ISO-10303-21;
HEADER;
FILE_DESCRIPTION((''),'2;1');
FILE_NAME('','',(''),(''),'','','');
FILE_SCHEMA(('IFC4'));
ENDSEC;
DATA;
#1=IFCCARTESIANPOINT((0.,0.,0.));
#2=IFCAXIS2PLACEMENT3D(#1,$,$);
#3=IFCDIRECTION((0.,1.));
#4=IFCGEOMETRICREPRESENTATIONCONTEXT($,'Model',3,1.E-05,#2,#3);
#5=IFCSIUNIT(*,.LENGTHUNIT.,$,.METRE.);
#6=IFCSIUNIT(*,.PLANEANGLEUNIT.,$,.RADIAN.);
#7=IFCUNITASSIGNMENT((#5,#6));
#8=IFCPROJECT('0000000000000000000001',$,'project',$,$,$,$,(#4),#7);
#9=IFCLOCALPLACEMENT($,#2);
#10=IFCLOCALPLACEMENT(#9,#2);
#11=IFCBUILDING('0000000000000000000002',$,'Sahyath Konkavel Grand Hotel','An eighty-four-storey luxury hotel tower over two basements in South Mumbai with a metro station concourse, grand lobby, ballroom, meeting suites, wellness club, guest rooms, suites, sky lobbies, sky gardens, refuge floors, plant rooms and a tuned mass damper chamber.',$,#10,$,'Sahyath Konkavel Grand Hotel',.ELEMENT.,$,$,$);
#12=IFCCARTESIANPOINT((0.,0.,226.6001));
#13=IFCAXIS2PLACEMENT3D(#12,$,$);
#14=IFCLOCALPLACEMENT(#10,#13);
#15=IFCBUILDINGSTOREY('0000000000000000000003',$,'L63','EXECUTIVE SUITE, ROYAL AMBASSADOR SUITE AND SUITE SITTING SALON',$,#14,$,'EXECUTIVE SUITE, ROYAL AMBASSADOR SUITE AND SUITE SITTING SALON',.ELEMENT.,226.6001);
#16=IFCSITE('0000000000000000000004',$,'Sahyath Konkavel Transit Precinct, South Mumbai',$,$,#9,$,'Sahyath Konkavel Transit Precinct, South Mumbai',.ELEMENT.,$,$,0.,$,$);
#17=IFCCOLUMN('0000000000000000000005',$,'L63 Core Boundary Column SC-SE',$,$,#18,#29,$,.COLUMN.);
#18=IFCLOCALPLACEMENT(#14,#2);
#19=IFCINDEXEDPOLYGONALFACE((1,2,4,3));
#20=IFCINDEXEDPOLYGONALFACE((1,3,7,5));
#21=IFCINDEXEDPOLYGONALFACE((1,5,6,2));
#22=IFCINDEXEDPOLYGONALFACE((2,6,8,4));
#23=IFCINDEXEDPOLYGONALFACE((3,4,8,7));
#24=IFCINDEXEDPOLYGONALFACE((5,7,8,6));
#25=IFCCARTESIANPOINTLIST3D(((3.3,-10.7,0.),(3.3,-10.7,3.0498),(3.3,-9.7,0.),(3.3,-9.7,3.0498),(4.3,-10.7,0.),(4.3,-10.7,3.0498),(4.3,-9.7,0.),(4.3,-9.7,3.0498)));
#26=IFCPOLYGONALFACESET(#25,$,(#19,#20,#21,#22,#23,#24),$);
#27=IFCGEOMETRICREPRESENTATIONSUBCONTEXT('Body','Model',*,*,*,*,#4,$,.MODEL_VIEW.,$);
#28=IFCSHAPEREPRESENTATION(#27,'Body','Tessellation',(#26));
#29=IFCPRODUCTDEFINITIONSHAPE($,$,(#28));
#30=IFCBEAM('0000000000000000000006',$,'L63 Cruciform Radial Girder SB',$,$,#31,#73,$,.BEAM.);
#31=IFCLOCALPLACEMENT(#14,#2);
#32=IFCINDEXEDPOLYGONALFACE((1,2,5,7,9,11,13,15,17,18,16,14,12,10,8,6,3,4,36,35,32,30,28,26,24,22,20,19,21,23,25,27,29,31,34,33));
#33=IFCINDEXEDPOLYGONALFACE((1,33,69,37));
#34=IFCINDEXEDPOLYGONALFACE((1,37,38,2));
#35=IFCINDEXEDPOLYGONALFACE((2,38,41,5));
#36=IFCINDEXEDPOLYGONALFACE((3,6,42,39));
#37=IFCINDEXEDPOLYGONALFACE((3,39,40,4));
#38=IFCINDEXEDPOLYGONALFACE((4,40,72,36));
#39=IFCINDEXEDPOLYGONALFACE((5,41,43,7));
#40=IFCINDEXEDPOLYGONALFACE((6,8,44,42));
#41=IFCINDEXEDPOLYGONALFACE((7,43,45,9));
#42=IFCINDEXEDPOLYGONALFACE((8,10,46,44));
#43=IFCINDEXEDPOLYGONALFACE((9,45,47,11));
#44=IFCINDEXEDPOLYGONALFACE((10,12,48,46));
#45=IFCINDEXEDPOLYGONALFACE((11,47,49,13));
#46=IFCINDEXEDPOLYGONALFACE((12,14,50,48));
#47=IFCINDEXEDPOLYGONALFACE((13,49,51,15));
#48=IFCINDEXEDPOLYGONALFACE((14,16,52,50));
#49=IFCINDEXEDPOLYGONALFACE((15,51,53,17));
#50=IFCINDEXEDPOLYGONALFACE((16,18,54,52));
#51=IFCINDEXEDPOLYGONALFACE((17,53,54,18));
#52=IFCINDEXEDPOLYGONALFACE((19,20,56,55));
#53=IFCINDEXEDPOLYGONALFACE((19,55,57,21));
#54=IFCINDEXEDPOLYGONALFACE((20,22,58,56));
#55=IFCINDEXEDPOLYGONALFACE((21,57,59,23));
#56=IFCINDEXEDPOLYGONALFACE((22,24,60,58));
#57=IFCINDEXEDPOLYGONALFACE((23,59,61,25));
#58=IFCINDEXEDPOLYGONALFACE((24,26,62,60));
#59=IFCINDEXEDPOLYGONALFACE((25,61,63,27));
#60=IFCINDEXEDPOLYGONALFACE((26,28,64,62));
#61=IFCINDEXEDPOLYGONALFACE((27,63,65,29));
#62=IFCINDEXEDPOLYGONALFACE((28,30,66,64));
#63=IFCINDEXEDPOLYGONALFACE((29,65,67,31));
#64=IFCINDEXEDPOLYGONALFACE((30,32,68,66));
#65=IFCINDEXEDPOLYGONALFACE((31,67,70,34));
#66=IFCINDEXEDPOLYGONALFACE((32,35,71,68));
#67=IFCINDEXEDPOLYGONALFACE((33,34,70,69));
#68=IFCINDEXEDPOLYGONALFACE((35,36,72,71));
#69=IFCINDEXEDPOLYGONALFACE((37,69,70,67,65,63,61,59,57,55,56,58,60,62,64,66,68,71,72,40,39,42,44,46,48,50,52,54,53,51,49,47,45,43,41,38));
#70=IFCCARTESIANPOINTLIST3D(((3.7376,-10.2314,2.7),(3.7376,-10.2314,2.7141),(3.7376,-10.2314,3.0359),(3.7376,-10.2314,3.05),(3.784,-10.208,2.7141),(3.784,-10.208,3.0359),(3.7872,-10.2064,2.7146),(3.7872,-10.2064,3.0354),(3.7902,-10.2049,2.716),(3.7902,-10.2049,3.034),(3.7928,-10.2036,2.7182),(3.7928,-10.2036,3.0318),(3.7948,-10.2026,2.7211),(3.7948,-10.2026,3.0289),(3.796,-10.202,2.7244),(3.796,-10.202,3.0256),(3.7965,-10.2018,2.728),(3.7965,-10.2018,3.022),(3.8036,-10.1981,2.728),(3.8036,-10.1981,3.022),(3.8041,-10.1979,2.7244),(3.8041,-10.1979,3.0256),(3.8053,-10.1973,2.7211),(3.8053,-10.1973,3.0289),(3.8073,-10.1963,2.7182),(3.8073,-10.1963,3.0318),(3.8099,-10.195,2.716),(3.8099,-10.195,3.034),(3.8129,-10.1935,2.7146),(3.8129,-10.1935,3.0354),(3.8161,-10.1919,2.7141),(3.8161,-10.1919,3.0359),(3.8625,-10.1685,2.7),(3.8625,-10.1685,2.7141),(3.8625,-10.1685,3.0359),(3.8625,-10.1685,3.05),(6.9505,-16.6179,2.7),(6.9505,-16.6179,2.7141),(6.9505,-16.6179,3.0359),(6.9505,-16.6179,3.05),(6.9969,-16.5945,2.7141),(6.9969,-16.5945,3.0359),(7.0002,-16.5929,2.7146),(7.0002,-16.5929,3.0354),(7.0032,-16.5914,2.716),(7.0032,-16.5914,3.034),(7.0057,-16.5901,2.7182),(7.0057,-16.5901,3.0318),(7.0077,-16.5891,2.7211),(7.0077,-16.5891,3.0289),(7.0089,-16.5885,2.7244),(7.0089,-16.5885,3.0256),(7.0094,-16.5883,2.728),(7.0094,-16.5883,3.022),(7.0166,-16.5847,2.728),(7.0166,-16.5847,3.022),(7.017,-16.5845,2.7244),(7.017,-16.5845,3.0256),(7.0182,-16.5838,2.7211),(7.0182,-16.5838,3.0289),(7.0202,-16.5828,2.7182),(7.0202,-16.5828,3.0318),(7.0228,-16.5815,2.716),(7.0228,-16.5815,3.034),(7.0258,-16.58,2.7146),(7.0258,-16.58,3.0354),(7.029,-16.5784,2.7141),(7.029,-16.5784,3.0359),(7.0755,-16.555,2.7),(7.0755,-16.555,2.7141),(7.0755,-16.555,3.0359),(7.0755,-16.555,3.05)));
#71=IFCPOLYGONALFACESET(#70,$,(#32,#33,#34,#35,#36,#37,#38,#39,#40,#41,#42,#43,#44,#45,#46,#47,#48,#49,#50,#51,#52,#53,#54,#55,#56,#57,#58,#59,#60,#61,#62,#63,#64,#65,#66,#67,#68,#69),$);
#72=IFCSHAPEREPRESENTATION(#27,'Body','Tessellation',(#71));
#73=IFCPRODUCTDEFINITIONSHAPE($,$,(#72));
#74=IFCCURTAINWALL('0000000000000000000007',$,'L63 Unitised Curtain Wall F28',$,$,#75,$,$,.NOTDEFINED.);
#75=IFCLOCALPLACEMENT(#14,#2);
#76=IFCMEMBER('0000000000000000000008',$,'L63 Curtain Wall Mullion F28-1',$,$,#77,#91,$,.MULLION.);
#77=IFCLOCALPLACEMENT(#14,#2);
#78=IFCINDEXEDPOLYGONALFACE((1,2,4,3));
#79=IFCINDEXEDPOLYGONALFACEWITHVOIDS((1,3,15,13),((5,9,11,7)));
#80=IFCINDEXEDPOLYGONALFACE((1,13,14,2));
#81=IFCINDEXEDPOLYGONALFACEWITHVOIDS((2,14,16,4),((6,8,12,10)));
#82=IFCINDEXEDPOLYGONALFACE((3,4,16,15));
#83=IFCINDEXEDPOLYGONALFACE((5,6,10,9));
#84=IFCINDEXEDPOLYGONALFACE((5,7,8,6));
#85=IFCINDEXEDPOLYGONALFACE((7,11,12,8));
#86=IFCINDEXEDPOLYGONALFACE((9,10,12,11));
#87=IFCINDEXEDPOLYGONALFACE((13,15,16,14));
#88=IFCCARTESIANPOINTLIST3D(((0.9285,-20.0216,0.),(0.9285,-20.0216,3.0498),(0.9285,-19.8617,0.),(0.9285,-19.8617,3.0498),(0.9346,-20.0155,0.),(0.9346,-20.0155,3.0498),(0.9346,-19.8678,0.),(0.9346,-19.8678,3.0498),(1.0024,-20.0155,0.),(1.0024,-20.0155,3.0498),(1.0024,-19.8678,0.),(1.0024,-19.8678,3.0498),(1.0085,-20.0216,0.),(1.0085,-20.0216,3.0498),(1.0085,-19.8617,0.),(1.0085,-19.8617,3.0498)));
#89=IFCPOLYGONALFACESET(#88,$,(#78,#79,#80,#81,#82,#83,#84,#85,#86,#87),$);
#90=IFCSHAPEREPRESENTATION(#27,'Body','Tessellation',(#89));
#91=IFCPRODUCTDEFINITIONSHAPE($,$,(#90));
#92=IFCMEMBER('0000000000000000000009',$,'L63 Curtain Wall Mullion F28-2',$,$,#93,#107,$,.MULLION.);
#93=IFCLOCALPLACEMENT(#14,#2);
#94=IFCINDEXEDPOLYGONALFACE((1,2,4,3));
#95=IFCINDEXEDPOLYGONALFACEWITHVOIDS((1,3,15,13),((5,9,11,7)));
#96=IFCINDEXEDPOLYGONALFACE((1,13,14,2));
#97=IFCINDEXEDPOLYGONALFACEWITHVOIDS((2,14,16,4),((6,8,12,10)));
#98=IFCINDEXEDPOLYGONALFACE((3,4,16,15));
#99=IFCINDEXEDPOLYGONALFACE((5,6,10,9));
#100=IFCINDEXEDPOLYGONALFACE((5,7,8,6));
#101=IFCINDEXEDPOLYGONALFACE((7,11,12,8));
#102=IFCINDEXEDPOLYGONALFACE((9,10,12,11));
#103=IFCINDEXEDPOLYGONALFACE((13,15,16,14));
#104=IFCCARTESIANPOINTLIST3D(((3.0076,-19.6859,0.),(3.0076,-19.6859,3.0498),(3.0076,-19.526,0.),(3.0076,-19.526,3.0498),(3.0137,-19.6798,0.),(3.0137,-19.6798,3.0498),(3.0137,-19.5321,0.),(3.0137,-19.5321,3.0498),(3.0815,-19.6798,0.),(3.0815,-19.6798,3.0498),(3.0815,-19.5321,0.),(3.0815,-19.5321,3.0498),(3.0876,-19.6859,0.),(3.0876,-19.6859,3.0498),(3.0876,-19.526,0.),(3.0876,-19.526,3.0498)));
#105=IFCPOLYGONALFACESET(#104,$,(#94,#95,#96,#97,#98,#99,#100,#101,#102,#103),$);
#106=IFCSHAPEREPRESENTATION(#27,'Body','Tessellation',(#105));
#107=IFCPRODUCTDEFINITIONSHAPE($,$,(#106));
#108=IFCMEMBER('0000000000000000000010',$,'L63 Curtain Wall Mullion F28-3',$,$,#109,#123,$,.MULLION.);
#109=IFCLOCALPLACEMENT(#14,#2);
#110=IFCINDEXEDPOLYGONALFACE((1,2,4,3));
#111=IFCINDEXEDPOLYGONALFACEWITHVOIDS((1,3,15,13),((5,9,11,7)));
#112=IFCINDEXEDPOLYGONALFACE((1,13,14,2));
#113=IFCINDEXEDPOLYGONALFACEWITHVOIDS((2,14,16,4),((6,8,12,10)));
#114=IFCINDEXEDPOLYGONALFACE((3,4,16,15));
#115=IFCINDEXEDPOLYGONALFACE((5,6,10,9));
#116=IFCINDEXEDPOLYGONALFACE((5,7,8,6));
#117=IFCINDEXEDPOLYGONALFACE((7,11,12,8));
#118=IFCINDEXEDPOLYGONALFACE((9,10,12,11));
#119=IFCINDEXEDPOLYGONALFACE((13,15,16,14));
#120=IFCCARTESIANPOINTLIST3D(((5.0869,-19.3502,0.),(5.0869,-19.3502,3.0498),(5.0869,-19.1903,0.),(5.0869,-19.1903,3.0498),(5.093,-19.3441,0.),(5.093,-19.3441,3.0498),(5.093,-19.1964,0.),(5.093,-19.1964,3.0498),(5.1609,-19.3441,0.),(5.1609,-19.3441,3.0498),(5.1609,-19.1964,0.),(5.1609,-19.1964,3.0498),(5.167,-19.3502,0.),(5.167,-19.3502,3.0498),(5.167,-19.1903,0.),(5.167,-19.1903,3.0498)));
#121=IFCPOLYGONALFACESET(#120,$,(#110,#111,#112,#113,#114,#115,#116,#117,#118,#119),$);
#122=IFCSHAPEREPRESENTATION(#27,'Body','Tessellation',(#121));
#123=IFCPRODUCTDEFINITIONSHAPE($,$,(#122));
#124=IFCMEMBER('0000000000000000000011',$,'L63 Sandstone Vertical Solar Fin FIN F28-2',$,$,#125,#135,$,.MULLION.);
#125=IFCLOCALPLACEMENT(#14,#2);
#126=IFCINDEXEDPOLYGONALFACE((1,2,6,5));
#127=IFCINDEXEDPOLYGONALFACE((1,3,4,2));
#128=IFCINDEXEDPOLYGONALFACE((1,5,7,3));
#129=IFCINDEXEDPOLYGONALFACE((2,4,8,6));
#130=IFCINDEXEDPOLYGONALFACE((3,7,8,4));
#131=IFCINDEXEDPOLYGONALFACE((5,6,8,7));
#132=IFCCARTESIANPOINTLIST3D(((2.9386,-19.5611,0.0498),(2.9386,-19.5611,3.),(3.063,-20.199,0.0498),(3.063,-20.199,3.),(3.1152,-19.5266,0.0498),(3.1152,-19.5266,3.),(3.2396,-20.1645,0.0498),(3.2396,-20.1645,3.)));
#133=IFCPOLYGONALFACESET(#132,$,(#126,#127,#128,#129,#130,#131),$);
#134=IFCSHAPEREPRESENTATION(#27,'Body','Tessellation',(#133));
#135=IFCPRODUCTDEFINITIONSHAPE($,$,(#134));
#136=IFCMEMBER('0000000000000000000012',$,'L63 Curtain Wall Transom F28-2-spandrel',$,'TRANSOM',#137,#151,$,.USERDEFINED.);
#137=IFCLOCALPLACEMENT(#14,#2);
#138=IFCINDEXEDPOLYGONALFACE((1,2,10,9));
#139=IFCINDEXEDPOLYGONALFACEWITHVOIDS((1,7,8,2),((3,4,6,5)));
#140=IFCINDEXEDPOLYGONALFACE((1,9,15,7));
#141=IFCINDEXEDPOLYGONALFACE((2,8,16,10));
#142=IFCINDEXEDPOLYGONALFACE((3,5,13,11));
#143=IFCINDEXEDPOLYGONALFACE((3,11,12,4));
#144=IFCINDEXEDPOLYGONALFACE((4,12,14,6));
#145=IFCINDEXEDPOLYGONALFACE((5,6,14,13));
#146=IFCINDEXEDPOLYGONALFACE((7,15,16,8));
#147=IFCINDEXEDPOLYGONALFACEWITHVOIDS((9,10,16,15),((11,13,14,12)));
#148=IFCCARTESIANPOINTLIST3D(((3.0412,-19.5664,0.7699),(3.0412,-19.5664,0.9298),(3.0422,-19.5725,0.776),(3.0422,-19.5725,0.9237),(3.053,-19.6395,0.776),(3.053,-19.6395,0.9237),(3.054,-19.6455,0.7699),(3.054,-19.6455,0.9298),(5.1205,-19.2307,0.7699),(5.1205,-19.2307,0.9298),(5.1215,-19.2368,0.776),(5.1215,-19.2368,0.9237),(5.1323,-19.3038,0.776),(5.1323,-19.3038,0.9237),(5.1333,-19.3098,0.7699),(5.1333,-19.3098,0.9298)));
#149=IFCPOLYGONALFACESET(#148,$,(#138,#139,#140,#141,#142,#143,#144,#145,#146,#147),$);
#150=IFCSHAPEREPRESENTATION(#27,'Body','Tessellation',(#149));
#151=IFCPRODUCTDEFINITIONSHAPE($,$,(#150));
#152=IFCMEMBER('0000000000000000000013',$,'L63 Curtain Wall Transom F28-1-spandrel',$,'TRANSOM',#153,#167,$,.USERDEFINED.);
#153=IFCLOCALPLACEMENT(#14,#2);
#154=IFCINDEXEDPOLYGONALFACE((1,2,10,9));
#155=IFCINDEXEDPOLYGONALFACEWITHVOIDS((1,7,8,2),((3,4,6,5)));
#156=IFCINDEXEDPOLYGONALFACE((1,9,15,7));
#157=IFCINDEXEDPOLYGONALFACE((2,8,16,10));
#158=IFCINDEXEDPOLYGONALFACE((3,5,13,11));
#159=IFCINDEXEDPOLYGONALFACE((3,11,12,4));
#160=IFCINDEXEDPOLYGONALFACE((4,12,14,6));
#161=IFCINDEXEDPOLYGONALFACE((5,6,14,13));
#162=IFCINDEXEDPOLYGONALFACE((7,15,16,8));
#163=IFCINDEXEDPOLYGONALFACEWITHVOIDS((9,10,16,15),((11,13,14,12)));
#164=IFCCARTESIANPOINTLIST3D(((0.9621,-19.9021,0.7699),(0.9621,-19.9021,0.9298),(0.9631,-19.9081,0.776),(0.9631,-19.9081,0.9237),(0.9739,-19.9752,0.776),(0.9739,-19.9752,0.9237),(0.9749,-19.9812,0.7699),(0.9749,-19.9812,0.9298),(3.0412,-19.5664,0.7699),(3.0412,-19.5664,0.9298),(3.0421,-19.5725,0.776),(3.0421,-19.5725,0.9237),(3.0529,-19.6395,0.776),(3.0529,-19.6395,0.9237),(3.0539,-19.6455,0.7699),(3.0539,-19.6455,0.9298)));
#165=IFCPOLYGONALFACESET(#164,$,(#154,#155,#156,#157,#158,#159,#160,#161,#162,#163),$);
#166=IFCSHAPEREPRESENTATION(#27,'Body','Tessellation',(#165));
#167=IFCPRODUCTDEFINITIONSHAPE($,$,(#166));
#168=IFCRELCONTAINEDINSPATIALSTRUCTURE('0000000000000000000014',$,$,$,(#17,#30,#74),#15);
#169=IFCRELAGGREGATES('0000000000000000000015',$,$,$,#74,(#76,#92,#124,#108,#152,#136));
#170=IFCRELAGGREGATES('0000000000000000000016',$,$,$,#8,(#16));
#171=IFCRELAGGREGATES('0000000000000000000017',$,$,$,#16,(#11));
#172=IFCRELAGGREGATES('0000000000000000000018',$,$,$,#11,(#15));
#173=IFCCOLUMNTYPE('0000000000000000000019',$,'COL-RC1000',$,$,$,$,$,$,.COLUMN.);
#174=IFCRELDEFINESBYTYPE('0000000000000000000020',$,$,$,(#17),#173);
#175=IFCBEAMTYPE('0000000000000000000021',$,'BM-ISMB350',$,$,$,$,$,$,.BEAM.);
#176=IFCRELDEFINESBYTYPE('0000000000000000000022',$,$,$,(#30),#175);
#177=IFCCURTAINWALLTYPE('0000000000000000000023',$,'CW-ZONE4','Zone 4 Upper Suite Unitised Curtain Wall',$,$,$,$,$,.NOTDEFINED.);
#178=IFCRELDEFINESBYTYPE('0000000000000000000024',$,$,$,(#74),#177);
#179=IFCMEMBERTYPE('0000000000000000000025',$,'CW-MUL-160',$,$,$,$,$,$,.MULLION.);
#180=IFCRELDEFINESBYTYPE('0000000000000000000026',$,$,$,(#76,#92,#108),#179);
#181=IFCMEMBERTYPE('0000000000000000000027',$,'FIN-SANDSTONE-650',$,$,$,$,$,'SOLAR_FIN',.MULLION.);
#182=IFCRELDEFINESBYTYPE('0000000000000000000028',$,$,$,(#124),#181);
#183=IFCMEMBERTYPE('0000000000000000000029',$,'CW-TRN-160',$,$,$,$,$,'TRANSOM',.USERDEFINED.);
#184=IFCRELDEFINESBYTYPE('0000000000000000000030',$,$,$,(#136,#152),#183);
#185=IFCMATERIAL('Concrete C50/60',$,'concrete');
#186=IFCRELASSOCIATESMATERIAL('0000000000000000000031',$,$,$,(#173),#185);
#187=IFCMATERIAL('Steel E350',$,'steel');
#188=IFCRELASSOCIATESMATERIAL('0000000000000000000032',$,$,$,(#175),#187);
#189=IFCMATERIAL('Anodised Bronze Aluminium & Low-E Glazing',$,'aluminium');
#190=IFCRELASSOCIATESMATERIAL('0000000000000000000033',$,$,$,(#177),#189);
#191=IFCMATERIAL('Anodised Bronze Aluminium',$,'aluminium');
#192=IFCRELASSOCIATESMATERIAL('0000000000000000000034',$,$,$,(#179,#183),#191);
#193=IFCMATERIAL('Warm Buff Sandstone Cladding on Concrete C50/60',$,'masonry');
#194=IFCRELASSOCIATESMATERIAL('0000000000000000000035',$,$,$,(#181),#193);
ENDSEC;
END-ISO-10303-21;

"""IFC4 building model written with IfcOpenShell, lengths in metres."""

from ifc_helpers import new_model, si_unit, direction, frame, origin, origin_2d, place, context, subcontext, project, spatial, rectangle, hollow_rectangle, i_section, extrude, source, transform, mapped, material, material_profile, profile_set, type_object, element, aggregate, save


model = new_model("IFC4")

# Units and contexts
model_context = context("Model", 3, precision=1e-05, world=origin(), true_north=direction((0.0, 1.0)))
body_context = subcontext(model_context, "Body", "Model", "MODEL_VIEW")
ifc_project = project(units=[si_unit("LENGTHUNIT", "METRE"), si_unit("PLANEANGLEUNIT", "RADIAN")], contexts=[model_context])

# Site, building, storey
site_placement = place(None, origin())
site = spatial("IfcSite", under=ifc_project, at=site_placement, Name="Sahyath Konkavel Transit Precinct, South Mumbai", LongName="Sahyath Konkavel Transit Precinct, South Mumbai", CompositionType="ELEMENT", RefElevation=0.0)
building_placement = place(site_placement, origin())
building = spatial("IfcBuilding", under=site, at=building_placement, Name="Sahyath Konkavel Grand Hotel", Description="An eighty-four-storey luxury hotel tower over two basements in South Mumbai with a metro station concourse, grand lobby, ballroom, meeting suites, wellness club, guest rooms, suites, sky lobbies, sky gardens, refuge floors, plant rooms and a tuned mass damper chamber.", LongName="Sahyath Konkavel Grand Hotel", CompositionType="ELEMENT")
storey_placement = place(building_placement, frame((0.0, 0.0, 226.6001)))
storey = spatial("IfcBuildingStorey", under=building, at=storey_placement, Name="L63", Description="EXECUTIVE SUITE, ROYAL AMBASSADOR SUITE AND SUITE SITTING SALON", LongName="EXECUTIVE SUITE, ROYAL AMBASSADOR SUITE AND SUITE SITTING SALON", CompositionType="ELEMENT", Elevation=226.6001)

# Column
ifc_material_1 = material(Name="Concrete C50/60", Category="concrete")
ifc_material_profile_1 = material_profile(ifc_material_1, rectangle(XDim=1.0, YDim=1.0, at=origin_2d()), Name="RC 1000x1000")
ifc_profile_set_1 = profile_set([ifc_material_profile_1], Name="Concrete C50/60")
column_type = type_object("IfcColumnType", Name="COL-RC1000", PredefinedType="COLUMN", material=ifc_profile_set_1)
shared_shape_1 = source(origin(), body_context, "Body", "SweptSolid", [
    extrude(rectangle(XDim=1.0, YDim=1.0, at=origin_2d()), origin(), (0.0, 0.0, 1.0), 3.0498),
])
column_placement = place(storey_placement, frame((3.8, -10.2, 0.0), z_axis=(0.0, 0.0, 1.0), x_axis=(1.0, 0.0, 0.0)))
element("IfcColumn", 1, at=column_placement, inside=storey, type_object=column_type, Name="L63 Core Boundary Column SC-SE", PredefinedType="COLUMN", context=body_context, shape_type="MappedRepresentation", body=[
    mapped(shared_shape_1, transform((0.0, 0.0, 0.0), scale=1.0)),
])

# Beam
ifc_material_2 = material(Name="Steel E350", Category="steel")
ifc_material_profile_2 = material_profile(ifc_material_2, i_section(OverallWidth=0.1399, OverallDepth=0.3501, WebThickness=0.0081, FlangeThickness=0.0142, FilletRadius=0.0139, at=origin_2d()), Name="ISMB 350")
ifc_profile_set_2 = profile_set([ifc_material_profile_2], Name="Steel E350")
beam_type_1 = type_object("IfcBeamType", Name="BM-ISMB350", PredefinedType="BEAM", material=ifc_profile_set_2)
shared_shape_2 = source(origin(), body_context, "Body", "SweptSolid", [
    extrude(i_section(OverallWidth=0.1399, OverallDepth=0.3501, WebThickness=0.0081, FlangeThickness=0.0142, FilletRadius=0.0139, at=origin_2d()), origin(), (0.0, 0.0, 1.0), 7.1492),
])
beam_1_placement = place(storey_placement, frame((3.8, -10.2, 2.875), z_axis=(0.449411, -0.893325, 0.0), x_axis=(0.893325, 0.449411, 0.0)))
element("IfcBeam", 2, at=beam_1_placement, inside=storey, type_object=beam_type_1, Name="L63 Cruciform Radial Girder SB", PredefinedType="BEAM", context=body_context, shape_type="MappedRepresentation", body=[
    mapped(shared_shape_2, transform((0.0, 0.0, 0.0), scale=1.0)),
])

# Curtain wall, members
ifc_material_3 = material(Name="Anodised Bronze Aluminium & Low-E Glazing", Category="aluminium")
curtain_wall_type = type_object("IfcCurtainWallType", Name="CW-ZONE4", Description="Zone 4 Upper Suite Unitised Curtain Wall", PredefinedType="NOTDEFINED", material=ifc_material_3)
curtain_wall_placement = place(storey_placement, origin())
curtain_wall = element("IfcCurtainWall", 3, at=curtain_wall_placement, inside=storey, type_object=curtain_wall_type, Name="L63 Unitised Curtain Wall F28", PredefinedType="NOTDEFINED")
ifc_material_4 = material(Name="Anodised Bronze Aluminium", Category="aluminium")
ifc_material_profile_3 = material_profile(ifc_material_4, hollow_rectangle(XDim=0.0801, YDim=0.1599, WallThickness=0.0061, at=origin_2d()), Name="RHS 160x80x6")
ifc_profile_set_3 = profile_set([ifc_material_profile_3], Name="Anodised Bronze Aluminium")
member_type_1 = type_object("IfcMemberType", Name="CW-MUL-160", PredefinedType="MULLION", material=ifc_profile_set_3)
shared_shape_3 = source(origin(), body_context, "Body", "SweptSolid", [
    extrude(hollow_rectangle(XDim=0.0801, YDim=0.1599, WallThickness=0.0061, at=origin_2d()), origin(), (0.0, 0.0, 1.0), 3.0498),
])
member_1_placement = place(storey_placement, frame((0.9685, -19.9417, 0.0), z_axis=(0.0, 0.0, 1.0), x_axis=(1.0, 0.0, 0.0)))
member_1 = element("IfcMember", 4, at=member_1_placement, type_object=member_type_1, Name="L63 Curtain Wall Mullion F28-1", PredefinedType="MULLION", context=body_context, shape_type="MappedRepresentation", body=[
    mapped(shared_shape_3, transform((0.0, 0.0, 0.0), scale=1.0)),
])
member_2_placement = place(storey_placement, frame((3.0476, -19.606, 0.0), z_axis=(0.0, 0.0, 1.0), x_axis=(1.0, 0.0, 0.0)))
member_2 = element("IfcMember", 5, at=member_2_placement, type_object=member_type_1, Name="L63 Curtain Wall Mullion F28-2", PredefinedType="MULLION", context=body_context, shape_type="MappedRepresentation", body=[
    mapped(shared_shape_3, transform((0.0, 0.0, 0.0), scale=1.0)),
])
member_3_placement = place(storey_placement, frame((5.127, -19.2703, 0.0), z_axis=(0.0, 0.0, 1.0), x_axis=(1.0, 0.0, 0.0)))
member_3 = element("IfcMember", 6, at=member_3_placement, type_object=member_type_1, Name="L63 Curtain Wall Mullion F28-3", PredefinedType="MULLION", context=body_context, shape_type="MappedRepresentation", body=[
    mapped(shared_shape_3, transform((0.0, 0.0, 0.0), scale=1.0)),
])
ifc_material_5 = material(Name="Warm Buff Sandstone Cladding on Concrete C50/60", Category="masonry")
ifc_material_profile_4 = material_profile(ifc_material_5, rectangle(XDim=0.1799, YDim=0.6499, at=origin_2d()), Name="FIN 180x650")
ifc_profile_set_4 = profile_set([ifc_material_profile_4], Name="Warm Buff Sandstone Cladding on Concrete C50/60")
member_type_2 = type_object("IfcMemberType", Name="FIN-SANDSTONE-650", ElementType="SOLAR_FIN", PredefinedType="MULLION", material=ifc_profile_set_4)
shared_shape_4 = source(origin(), body_context, "Body", "SweptSolid", [
    extrude(rectangle(XDim=0.1799, YDim=0.6499, at=origin_2d()), origin(), (0.0, 0.0, 1.0), 2.9502),
])
member_4_placement = place(storey_placement, frame((3.0891, -19.8628, 0.0498), z_axis=(0.0, 0.0, 1.0), x_axis=(0.981527, 0.191323, 0.0)))
member_4 = element("IfcMember", 7, at=member_4_placement, type_object=member_type_2, Name="L63 Sandstone Vertical Solar Fin FIN F28-2", PredefinedType="MULLION", context=body_context, shape_type="MappedRepresentation", body=[
    mapped(shared_shape_4, transform((0.0, 0.0, 0.0), scale=1.0)),
])
ifc_material_profile_5 = material_profile(ifc_material_4, hollow_rectangle(XDim=0.0801, YDim=0.1599, WallThickness=0.0061, at=origin_2d()), Name="RHS 160x80x6")
ifc_profile_set_5 = profile_set([ifc_material_profile_5], Name="Anodised Bronze Aluminium")
member_type_3 = type_object("IfcMemberType", Name="CW-TRN-160", ElementType="TRANSOM", PredefinedType="USERDEFINED", material=ifc_profile_set_5)
shared_shape_5 = source(origin(), body_context, "Body", "SweptSolid", [
    extrude(hollow_rectangle(XDim=0.0801, YDim=0.1599, WallThickness=0.0061, at=origin_2d()), origin(), (0.0, 0.0, 1.0), 2.1062),
])
member_5_placement = place(storey_placement, frame((3.0476, -19.606, 0.8499), z_axis=(0.987218, 0.159378, 0.0), x_axis=(-0.159378, 0.987218, 0.0)))
member_5 = element("IfcMember", 8, at=member_5_placement, type_object=member_type_3, Name="L63 Curtain Wall Transom F28-2-spandrel", ObjectType="TRANSOM", PredefinedType="USERDEFINED", context=body_context, shape_type="MappedRepresentation", body=[
    mapped(shared_shape_5, transform((0.0, 0.0, 0.0), scale=1.0)),
])
shared_shape_6 = source(origin(), body_context, "Body", "SweptSolid", [
    extrude(hollow_rectangle(XDim=0.0801, YDim=0.1599, WallThickness=0.0061, at=origin_2d()), origin(), (0.0, 0.0, 1.0), 2.106),
])
member_6_placement = place(storey_placement, frame((0.9685, -19.9417, 0.8499), z_axis=(0.987215, 0.159396, 0.0), x_axis=(-0.159396, 0.987215, 0.0)))
member_6 = element("IfcMember", 9, at=member_6_placement, type_object=member_type_3, Name="L63 Curtain Wall Transom F28-1-spandrel", ObjectType="TRANSOM", PredefinedType="USERDEFINED", context=body_context, shape_type="MappedRepresentation", body=[
    mapped(shared_shape_6, transform((0.0, 0.0, 0.0), scale=1.0)),
])

aggregate(curtain_wall, [member_1, member_2, member_4, member_3, member_6, member_5])

save(model, "model.ifc")
